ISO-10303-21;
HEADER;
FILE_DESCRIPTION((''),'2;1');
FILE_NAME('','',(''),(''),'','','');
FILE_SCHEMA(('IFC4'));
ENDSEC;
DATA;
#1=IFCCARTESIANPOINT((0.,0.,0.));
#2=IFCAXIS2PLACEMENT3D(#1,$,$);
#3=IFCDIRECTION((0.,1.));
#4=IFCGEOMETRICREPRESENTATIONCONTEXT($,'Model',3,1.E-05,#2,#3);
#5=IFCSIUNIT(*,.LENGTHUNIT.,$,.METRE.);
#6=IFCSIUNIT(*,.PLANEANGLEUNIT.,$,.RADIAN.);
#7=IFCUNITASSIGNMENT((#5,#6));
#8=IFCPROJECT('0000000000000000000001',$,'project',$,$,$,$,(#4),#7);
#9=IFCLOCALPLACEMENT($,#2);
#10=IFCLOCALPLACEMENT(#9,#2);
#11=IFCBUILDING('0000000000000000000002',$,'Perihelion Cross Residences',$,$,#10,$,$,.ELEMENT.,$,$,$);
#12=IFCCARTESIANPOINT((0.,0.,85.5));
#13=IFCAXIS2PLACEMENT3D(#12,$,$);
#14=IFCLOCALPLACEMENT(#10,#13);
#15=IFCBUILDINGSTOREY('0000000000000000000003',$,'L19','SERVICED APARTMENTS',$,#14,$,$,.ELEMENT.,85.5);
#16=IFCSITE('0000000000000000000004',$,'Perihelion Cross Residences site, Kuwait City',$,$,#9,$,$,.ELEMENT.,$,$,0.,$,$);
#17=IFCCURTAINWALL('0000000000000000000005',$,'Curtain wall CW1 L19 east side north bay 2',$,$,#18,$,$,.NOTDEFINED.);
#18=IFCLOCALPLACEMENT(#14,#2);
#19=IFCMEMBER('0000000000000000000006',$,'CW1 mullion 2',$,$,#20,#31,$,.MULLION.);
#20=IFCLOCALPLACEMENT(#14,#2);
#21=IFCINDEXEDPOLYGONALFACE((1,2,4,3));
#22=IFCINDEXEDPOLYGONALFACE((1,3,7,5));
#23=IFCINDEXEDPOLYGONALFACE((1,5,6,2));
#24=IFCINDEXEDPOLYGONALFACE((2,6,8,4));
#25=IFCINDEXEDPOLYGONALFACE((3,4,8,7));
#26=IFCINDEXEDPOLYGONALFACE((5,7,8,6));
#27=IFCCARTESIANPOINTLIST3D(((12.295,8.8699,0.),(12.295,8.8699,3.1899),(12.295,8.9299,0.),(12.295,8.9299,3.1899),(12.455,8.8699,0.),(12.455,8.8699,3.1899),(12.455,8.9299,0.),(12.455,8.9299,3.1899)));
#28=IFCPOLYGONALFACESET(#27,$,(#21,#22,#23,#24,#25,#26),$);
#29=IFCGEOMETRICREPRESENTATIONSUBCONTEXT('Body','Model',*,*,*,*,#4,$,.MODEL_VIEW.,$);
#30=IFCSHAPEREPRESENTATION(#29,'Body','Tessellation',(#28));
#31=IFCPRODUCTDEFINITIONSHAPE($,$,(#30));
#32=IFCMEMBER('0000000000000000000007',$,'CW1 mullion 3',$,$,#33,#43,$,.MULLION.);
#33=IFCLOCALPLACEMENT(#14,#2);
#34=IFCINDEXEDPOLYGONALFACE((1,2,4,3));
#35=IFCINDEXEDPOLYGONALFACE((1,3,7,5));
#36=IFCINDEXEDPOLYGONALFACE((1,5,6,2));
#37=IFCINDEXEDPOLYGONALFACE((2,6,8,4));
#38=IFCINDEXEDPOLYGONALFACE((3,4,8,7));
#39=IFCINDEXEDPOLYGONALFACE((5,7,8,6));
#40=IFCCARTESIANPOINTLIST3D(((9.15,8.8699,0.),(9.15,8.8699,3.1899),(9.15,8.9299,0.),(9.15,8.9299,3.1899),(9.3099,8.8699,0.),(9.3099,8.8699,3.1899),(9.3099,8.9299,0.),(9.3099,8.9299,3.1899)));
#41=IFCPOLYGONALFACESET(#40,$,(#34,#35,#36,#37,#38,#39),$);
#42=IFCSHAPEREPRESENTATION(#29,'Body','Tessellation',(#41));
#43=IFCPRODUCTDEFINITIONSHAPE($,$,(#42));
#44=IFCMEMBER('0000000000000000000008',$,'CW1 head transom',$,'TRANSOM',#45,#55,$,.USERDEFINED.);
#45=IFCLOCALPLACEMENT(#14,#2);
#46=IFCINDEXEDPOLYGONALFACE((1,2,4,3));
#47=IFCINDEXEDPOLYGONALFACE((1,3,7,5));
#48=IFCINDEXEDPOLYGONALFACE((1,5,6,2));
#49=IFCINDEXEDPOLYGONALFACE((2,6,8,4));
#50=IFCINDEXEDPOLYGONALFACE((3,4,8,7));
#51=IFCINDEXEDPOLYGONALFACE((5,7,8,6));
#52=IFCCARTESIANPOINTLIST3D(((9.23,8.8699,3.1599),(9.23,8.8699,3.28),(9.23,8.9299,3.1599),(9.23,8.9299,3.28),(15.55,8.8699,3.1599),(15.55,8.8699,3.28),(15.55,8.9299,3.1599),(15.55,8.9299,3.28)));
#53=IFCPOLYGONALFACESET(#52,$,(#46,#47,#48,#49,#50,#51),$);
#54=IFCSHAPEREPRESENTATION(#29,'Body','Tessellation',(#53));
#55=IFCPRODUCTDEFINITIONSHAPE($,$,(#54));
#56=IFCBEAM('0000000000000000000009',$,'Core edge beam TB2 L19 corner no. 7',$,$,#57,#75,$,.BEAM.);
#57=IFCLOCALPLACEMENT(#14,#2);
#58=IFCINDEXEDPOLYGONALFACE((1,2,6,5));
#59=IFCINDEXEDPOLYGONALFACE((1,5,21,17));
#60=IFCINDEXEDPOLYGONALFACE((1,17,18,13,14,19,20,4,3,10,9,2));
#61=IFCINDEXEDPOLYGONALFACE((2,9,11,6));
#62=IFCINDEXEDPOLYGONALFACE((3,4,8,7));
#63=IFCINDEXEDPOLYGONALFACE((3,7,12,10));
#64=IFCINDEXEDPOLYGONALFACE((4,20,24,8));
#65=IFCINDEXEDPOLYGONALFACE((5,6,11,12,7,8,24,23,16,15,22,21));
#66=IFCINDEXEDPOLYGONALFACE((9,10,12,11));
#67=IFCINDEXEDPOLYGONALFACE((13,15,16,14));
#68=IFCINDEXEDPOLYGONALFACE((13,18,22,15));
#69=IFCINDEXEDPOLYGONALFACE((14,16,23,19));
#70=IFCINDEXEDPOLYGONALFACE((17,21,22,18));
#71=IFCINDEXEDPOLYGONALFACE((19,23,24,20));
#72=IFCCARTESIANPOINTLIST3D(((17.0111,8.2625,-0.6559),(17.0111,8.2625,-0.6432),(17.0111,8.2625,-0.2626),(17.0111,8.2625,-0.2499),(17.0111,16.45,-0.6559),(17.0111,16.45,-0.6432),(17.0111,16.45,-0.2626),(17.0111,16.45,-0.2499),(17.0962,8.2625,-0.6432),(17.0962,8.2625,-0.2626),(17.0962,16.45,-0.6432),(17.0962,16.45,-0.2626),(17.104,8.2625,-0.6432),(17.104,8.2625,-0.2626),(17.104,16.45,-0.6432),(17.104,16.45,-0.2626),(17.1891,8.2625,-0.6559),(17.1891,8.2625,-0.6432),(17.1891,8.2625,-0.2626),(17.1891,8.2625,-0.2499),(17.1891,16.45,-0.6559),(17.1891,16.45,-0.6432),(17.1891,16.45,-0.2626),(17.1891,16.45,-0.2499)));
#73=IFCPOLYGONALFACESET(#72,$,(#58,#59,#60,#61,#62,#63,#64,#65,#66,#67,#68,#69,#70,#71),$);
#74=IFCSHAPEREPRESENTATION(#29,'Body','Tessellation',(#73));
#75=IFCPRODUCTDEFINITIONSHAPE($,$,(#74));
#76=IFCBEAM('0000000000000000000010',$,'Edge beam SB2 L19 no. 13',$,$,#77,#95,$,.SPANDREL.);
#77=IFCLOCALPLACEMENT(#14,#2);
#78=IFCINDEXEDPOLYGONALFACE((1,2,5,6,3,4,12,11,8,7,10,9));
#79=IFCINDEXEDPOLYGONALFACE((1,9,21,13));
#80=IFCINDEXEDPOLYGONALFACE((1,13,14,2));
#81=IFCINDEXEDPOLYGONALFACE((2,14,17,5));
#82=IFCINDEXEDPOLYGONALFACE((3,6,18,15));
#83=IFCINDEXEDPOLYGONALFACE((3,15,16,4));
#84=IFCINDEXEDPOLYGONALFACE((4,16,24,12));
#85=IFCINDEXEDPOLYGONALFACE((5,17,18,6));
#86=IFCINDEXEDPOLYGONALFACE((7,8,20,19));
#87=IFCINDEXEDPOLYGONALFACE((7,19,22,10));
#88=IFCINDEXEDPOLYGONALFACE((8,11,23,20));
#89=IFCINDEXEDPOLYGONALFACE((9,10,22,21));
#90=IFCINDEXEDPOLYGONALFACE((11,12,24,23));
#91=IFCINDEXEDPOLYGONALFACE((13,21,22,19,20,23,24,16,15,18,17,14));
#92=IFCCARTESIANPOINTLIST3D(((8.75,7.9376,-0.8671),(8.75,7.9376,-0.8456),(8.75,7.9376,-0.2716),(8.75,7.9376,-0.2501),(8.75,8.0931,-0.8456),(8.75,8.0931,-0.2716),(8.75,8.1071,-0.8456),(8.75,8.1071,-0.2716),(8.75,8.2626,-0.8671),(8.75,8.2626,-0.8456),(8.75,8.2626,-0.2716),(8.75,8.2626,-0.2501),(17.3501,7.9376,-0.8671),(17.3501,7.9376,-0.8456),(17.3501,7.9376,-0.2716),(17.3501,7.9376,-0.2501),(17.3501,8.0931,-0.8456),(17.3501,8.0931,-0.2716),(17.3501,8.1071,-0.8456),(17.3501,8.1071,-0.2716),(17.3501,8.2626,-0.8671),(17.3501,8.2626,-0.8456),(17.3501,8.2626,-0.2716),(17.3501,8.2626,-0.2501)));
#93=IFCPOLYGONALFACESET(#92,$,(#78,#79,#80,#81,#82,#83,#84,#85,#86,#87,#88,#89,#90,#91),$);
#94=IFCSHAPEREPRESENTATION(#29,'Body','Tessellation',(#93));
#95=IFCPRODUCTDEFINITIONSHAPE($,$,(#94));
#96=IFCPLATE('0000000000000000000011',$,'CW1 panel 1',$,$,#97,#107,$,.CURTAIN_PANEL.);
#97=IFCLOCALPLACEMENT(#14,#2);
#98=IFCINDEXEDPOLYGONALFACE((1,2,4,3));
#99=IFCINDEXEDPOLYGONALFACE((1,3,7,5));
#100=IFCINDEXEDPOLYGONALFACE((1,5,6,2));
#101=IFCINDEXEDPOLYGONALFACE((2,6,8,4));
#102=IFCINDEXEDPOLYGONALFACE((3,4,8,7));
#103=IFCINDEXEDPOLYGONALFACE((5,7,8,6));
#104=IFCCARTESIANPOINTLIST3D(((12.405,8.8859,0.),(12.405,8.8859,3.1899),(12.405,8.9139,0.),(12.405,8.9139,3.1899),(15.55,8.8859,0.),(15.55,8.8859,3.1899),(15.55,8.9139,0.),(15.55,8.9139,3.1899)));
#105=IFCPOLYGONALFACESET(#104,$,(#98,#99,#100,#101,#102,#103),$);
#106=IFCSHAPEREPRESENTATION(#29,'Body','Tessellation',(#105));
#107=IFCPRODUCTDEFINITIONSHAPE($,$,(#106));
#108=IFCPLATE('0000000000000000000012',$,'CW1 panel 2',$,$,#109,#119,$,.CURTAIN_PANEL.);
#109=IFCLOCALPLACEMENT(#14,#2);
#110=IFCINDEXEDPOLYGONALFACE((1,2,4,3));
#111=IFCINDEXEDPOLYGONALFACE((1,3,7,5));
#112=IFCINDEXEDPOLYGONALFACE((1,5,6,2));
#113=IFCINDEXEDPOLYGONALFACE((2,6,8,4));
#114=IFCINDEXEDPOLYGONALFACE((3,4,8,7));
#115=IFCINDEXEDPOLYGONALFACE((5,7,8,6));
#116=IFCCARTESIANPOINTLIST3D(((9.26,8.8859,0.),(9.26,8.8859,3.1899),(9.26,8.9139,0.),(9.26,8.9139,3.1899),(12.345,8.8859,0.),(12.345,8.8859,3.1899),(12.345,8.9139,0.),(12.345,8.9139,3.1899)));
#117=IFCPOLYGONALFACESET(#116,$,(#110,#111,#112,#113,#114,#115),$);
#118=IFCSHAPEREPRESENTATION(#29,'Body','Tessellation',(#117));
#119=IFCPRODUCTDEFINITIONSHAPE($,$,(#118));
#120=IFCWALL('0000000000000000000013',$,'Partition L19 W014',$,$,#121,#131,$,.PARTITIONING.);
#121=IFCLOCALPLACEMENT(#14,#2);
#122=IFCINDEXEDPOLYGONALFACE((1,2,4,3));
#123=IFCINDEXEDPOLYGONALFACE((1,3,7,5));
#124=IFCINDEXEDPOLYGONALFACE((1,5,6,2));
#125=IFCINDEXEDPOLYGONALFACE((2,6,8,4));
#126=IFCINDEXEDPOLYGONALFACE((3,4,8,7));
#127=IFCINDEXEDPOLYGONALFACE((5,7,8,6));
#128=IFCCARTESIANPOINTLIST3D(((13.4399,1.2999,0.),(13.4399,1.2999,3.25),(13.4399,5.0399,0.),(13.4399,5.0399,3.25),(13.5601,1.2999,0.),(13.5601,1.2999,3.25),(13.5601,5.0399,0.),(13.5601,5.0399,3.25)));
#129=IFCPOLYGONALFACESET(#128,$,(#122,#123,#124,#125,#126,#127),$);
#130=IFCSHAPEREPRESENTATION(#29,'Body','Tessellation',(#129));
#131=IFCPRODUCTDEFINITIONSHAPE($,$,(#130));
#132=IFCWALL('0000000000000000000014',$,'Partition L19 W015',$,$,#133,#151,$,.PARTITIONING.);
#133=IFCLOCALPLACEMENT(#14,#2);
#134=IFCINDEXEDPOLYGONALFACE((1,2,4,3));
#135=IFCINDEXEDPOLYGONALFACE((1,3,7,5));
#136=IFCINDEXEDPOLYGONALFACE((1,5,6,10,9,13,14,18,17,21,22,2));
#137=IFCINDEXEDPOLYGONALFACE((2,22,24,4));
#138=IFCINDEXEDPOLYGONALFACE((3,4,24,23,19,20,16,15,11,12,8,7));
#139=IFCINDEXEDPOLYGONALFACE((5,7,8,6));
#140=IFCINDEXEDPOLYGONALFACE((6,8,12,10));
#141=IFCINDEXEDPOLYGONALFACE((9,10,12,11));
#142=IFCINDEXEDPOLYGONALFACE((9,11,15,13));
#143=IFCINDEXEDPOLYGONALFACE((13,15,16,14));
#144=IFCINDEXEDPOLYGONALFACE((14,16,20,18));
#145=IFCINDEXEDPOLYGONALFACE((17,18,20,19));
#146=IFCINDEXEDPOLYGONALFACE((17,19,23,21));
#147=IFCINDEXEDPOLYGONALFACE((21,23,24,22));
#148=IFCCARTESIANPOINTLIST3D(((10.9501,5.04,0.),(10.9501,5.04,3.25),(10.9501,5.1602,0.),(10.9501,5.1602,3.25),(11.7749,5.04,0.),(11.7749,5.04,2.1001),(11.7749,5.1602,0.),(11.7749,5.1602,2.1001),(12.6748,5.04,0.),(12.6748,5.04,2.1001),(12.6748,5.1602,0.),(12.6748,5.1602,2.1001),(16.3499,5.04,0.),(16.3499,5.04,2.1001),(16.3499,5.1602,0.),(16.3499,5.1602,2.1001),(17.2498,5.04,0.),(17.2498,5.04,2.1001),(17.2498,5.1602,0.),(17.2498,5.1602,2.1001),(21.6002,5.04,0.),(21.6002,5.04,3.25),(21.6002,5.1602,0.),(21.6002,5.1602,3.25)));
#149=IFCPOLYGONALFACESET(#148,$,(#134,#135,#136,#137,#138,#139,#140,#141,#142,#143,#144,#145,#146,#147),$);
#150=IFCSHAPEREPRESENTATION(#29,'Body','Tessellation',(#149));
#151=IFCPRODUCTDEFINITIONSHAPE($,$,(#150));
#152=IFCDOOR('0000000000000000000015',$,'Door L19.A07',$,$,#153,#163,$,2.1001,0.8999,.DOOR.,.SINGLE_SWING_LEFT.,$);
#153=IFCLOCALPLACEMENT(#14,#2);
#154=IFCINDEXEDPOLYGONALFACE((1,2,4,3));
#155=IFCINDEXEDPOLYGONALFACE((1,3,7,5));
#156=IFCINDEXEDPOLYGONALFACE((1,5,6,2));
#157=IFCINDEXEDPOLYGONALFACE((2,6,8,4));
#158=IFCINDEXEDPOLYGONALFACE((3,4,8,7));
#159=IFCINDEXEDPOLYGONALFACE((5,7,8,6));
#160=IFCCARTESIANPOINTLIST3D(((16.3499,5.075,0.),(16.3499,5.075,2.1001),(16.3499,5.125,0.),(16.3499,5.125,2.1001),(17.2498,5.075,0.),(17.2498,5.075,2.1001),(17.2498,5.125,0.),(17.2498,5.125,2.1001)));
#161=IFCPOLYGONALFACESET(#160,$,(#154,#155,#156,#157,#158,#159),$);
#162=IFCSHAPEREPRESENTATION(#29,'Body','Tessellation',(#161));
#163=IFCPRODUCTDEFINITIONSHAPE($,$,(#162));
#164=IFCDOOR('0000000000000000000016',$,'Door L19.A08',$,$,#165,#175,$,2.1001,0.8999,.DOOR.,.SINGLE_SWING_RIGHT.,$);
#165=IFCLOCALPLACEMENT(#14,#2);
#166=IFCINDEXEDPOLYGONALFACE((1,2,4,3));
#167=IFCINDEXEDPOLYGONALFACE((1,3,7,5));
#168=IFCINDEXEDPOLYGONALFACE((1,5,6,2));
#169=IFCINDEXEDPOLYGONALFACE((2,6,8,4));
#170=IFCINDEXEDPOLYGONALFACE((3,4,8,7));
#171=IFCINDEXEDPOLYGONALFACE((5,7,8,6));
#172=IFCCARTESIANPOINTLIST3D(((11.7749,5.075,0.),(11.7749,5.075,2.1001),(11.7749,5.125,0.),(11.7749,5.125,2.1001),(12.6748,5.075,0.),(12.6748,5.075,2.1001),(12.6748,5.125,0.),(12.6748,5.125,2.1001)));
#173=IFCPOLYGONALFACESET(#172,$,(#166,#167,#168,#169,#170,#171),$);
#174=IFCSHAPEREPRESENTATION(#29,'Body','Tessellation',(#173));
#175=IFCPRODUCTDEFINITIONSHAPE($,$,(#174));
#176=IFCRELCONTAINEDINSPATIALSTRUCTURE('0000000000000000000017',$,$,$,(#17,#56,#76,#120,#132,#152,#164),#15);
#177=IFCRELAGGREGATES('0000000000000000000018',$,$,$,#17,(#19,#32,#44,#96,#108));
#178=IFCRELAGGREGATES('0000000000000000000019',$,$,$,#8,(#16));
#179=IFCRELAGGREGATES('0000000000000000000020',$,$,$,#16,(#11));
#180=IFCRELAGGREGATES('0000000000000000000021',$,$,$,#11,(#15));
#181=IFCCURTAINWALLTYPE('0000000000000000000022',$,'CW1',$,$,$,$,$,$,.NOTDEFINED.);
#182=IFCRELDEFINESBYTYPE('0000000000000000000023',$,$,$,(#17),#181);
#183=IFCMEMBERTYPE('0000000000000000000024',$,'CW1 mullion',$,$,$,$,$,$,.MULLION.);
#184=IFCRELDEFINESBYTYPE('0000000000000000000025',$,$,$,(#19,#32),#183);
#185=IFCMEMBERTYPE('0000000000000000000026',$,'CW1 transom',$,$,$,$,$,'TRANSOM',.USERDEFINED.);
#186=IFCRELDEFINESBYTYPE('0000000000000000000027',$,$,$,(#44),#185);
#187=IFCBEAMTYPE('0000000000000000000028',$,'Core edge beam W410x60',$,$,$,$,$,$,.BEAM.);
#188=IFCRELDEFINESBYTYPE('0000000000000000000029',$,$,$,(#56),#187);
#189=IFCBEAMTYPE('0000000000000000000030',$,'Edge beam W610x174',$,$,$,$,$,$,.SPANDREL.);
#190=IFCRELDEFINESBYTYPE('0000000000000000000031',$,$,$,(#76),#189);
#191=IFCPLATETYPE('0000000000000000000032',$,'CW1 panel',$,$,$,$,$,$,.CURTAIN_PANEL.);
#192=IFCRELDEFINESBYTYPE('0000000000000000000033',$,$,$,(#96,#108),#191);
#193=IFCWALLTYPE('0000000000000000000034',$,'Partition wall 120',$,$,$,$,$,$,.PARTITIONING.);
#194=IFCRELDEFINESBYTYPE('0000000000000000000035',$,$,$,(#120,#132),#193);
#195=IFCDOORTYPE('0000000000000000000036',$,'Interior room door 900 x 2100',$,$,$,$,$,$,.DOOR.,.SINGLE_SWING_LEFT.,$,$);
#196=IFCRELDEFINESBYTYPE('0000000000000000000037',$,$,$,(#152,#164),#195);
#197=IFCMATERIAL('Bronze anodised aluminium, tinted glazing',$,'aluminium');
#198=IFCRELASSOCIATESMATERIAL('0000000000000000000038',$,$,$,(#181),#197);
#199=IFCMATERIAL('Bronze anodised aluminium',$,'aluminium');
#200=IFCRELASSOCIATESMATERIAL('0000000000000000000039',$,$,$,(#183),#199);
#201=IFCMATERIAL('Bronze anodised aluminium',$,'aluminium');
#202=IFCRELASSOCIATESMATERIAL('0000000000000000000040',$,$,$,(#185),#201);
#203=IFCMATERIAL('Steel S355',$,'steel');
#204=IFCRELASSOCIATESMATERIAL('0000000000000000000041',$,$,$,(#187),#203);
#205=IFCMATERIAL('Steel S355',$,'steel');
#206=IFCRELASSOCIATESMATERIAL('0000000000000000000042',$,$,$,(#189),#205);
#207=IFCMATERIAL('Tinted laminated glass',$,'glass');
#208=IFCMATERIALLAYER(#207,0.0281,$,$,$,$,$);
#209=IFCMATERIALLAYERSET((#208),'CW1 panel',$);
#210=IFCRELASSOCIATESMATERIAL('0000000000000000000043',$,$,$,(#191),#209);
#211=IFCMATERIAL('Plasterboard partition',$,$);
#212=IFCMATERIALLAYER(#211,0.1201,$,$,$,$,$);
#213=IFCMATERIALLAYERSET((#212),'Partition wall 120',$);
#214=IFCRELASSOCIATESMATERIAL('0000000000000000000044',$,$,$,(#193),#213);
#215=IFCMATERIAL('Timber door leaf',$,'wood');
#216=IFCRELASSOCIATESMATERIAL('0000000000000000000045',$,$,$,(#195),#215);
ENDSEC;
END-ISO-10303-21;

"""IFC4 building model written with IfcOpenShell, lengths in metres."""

from ifc_helpers import new_model, si_unit, direction, frame, frame_2d, origin, origin_2d, place, context, subcontext, project, spatial, rectangle, i_section, extrude, material, layer, layer_set, material_profile, profile_set, type_object, element, fill, aggregate, save


model = new_model("IFC4")

# Units and contexts
model_context = context("Model", 3, precision=1e-05, world=origin(), true_north=direction((0.0, 1.0)))
body_context = subcontext(model_context, "Body", "Model", "MODEL_VIEW")
ifc_project = project(units=[si_unit("LENGTHUNIT", "METRE"), si_unit("PLANEANGLEUNIT", "RADIAN")], contexts=[model_context])

# Site, building, storey
site_placement = place(None, origin())
site = spatial("IfcSite", under=ifc_project, at=site_placement, Name="Perihelion Cross Residences site, Kuwait City", CompositionType="ELEMENT", RefElevation=0.0)
building_placement = place(site_placement, origin())
building = spatial("IfcBuilding", under=site, at=building_placement, Name="Perihelion Cross Residences", CompositionType="ELEMENT")
storey_placement = place(building_placement, frame((0.0, 0.0, 85.5)))
storey = spatial("IfcBuildingStorey", under=building, at=storey_placement, Name="L19", Description="SERVICED APARTMENTS", CompositionType="ELEMENT", Elevation=85.5)

# Curtain wall, members
ifc_material_1 = material(Name="Bronze anodised aluminium, tinted glazing", Category="aluminium")
curtain_wall_type = type_object("IfcCurtainWallType", Name="CW1", PredefinedType="NOTDEFINED", material=ifc_material_1)
curtain_wall_placement = place(storey_placement, origin())
curtain_wall = element("IfcCurtainWall", 1, at=curtain_wall_placement, inside=storey, type_object=curtain_wall_type, Name="Curtain wall CW1 L19 east side north bay 2", PredefinedType="NOTDEFINED")
ifc_material_2 = material(Name="Bronze anodised aluminium", Category="aluminium")
ifc_material_profile_1 = material_profile(ifc_material_2, rectangle(XDim=0.0601, YDim=0.1599, at=origin_2d()), Name="CW1 mullion")
ifc_profile_set_1 = profile_set([ifc_material_profile_1], Name="Bronze anodised aluminium")
member_type_1 = type_object("IfcMemberType", Name="CW1 mullion", PredefinedType="MULLION", material=ifc_profile_set_1)
member_1_placement = place(storey_placement, frame((12.375, 8.8999, 0.0), z_axis=(0.0, 0.0, 1.0), x_axis=(0.0, -1.0, 0.0)))
member_1 = element("IfcMember", 2, at=member_1_placement, type_object=member_type_1, Name="CW1 mullion 2", PredefinedType="MULLION", context=body_context, shape_type="SweptSolid", body=[
    extrude(rectangle(XDim=0.0601, YDim=0.1599, at=origin_2d()), origin(), (0.0, 0.0, 1.0), 3.1899),
])
member_2_placement = place(storey_placement, frame((9.23, 8.8999, 0.0), z_axis=(0.0, 0.0, 1.0), x_axis=(0.0, -1.0, 0.0)))
member_2 = element("IfcMember", 3, at=member_2_placement, type_object=member_type_1, Name="CW1 mullion 3", PredefinedType="MULLION", context=body_context, shape_type="SweptSolid", body=[
    extrude(rectangle(XDim=0.0601, YDim=0.1599, at=origin_2d()), origin(), (0.0, 0.0, 1.0), 3.1899),
])
ifc_material_3 = material(Name="Bronze anodised aluminium", Category="aluminium")
ifc_material_profile_2 = material_profile(ifc_material_3, rectangle(XDim=0.0601, YDim=0.1201, at=origin_2d()), Name="CW1 transom")
ifc_profile_set_2 = profile_set([ifc_material_profile_2], Name="Bronze anodised aluminium")
member_type_2 = type_object("IfcMemberType", Name="CW1 transom", ElementType="TRANSOM", PredefinedType="USERDEFINED", material=ifc_profile_set_2)
member_3_placement = place(storey_placement, frame((15.55, 8.8999, 3.22), z_axis=(-1.0, 0.0, 0.0), x_axis=(0.0, -1.0, 0.0)))
member_3 = element("IfcMember", 4, at=member_3_placement, type_object=member_type_2, Name="CW1 head transom", ObjectType="TRANSOM", PredefinedType="USERDEFINED", context=body_context, shape_type="SweptSolid", body=[
    extrude(rectangle(XDim=0.0601, YDim=0.1201, at=origin_2d()), origin(), (0.0, 0.0, 1.0), 6.3201),
])

# Beams
ifc_material_4 = material(Name="Steel S355", Category="steel")
ifc_material_profile_3 = material_profile(ifc_material_4, i_section(OverallWidth=0.178, OverallDepth=0.406, WebThickness=0.0078, FlangeThickness=0.0127, at=origin_2d()), Name="W410x60")
ifc_profile_set_3 = profile_set([ifc_material_profile_3], Name="Steel S355")
beam_type_1 = type_object("IfcBeamType", Name="Core edge beam W410x60", PredefinedType="BEAM", material=ifc_profile_set_3)
beam_1_placement = place(storey_placement, frame((17.1001, 8.2625, -0.4529), z_axis=(0.0, 1.0, 0.0), x_axis=(-1.0, 0.0, 0.0)))
element("IfcBeam", 5, at=beam_1_placement, inside=storey, type_object=beam_type_1, Name="Core edge beam TB2 L19 corner no. 7", PredefinedType="BEAM", context=body_context, shape_type="SweptSolid", body=[
    extrude(i_section(OverallWidth=0.178, OverallDepth=0.406, WebThickness=0.0078, FlangeThickness=0.0127, at=origin_2d()), origin(), (0.0, 0.0, 1.0), 8.1875),
])
ifc_material_5 = material(Name="Steel S355", Category="steel")
ifc_material_profile_4 = material_profile(ifc_material_5, i_section(OverallWidth=0.325, OverallDepth=0.6169, WebThickness=0.0139, FlangeThickness=0.0215, at=origin_2d()), Name="W610x174")
ifc_profile_set_4 = profile_set([ifc_material_profile_4], Name="Steel S355")
beam_type_2 = type_object("IfcBeamType", Name="Edge beam W610x174", PredefinedType="SPANDREL", material=ifc_profile_set_4)
beam_2_placement = place(storey_placement, frame((17.3501, 8.1001, -0.5586), z_axis=(-1.0, 0.0, 0.0), x_axis=(0.0, -1.0, 0.0)))
element("IfcBeam", 6, at=beam_2_placement, inside=storey, type_object=beam_type_2, Name="Edge beam SB2 L19 no. 13", PredefinedType="SPANDREL", context=body_context, shape_type="SweptSolid", body=[
    extrude(i_section(OverallWidth=0.325, OverallDepth=0.6169, WebThickness=0.0139, FlangeThickness=0.0215, at=origin_2d()), origin(), (0.0, 0.0, 1.0), 8.6001),
])

# Plates
ifc_material_6 = material(Name="Tinted laminated glass", Category="glass")
ifc_layer_1 = layer(ifc_material_6, 0.0281)
ifc_layer_set_1 = layer_set([ifc_layer_1], Name="CW1 panel")
plate_type = type_object("IfcPlateType", Name="CW1 panel", PredefinedType="CURTAIN_PANEL", material=ifc_layer_set_1)
plate_1_placement = place(storey_placement, frame((13.9775, 8.8999, 0.0), z_axis=(0.0, 0.0, 1.0), x_axis=(-1.0, 0.0, 0.0)))
plate_1 = element("IfcPlate", 7, at=plate_1_placement, type_object=plate_type, Name="CW1 panel 1", PredefinedType="CURTAIN_PANEL", context=body_context, shape_type="SweptSolid", body=[
    extrude(rectangle(XDim=3.145, YDim=0.0281, at=origin_2d()), origin(), (0.0, 0.0, 1.0), 3.1899),
])
plate_2_placement = place(storey_placement, frame((10.8025, 8.8999, 0.0), z_axis=(0.0, 0.0, 1.0), x_axis=(-1.0, 0.0, 0.0)))
plate_2 = element("IfcPlate", 8, at=plate_2_placement, type_object=plate_type, Name="CW1 panel 2", PredefinedType="CURTAIN_PANEL", context=body_context, shape_type="SweptSolid", body=[
    extrude(rectangle(XDim=3.085, YDim=0.0281, at=origin_2d()), origin(), (0.0, 0.0, 1.0), 3.1899),
])
aggregate(curtain_wall, [member_1, member_2, member_3, plate_1, plate_2])

# Wall
ifc_material_7 = material(Name="Plasterboard partition")
ifc_layer_2 = layer(ifc_material_7, 0.1201)
ifc_layer_set_2 = layer_set([ifc_layer_2], Name="Partition wall 120")
wall_type_1 = type_object("IfcWallType", Name="Partition wall 120", PredefinedType="PARTITIONING", material=ifc_layer_set_2)
wall_1_placement = place(storey_placement, frame((13.5, 5.04, 0.0), z_axis=(0.0, 0.0, 1.0), x_axis=(0.0, -1.0, 0.0)))
element("IfcWall", 9, at=wall_1_placement, inside=storey, type_object=wall_type_1, Name="Partition L19 W014", PredefinedType="PARTITIONING", context=body_context, shape_type="SweptSolid", body=[
    extrude(rectangle(XDim=3.74, YDim=0.1201, at=frame_2d((1.8701, 0.0))), origin(), (0.0, 0.0, 1.0), 3.25),
])

# Wall, openings, doors
wall_2_placement = place(storey_placement, frame((10.95, 5.1001, 0.0), z_axis=(0.0, 0.0, 1.0), x_axis=(1.0, 0.0, 0.0)))
wall_2 = element("IfcWall", 10, at=wall_2_placement, inside=storey, type_object=wall_type_1, Name="Partition L19 W015", PredefinedType="PARTITIONING", context=body_context, shape_type="SweptSolid", body=[
    extrude(rectangle(XDim=10.6501, YDim=0.1201, at=frame_2d((5.3252, 0.0))), origin(), (0.0, 0.0, 1.0), 3.25),
])
opening_1_placement = place(wall_2_placement, frame((5.3999, 0.0, 0.0)))
opening_1 = element("IfcOpeningElement", 11, at=opening_1_placement, cuts=wall_2, PredefinedType="OPENING", context=body_context, shape_type="SweptSolid", body=[
    extrude(rectangle(XDim=0.8999, YDim=2.1001, at=frame_2d((0.45, 1.05))), frame((0.0, 0.0701, 0.0), z_axis=(0.0, -1.0, 0.0), x_axis=(1.0, 0.0, 0.0)), (0.0, 0.0, 1.0), 0.1401),
])
opening_2_placement = place(wall_2_placement, frame((0.825, 0.0, 0.0)))
opening_2 = element("IfcOpeningElement", 12, at=opening_2_placement, cuts=wall_2, PredefinedType="OPENING", context=body_context, shape_type="SweptSolid", body=[
    extrude(rectangle(XDim=0.8999, YDim=2.1001, at=frame_2d((0.45, 1.05))), frame((0.0, 0.0701, 0.0), z_axis=(0.0, -1.0, 0.0), x_axis=(1.0, 0.0, 0.0)), (0.0, 0.0, 1.0), 0.1401),
])
ifc_material_8 = material(Name="Timber door leaf", Category="wood")
door_type_1 = type_object("IfcDoorType", Name="Interior room door 900 x 2100", OperationType="SINGLE_SWING_LEFT", PredefinedType="DOOR", material=ifc_material_8)
door_1_placement = place(opening_1_placement, origin())
door_1 = element("IfcDoor", 13, at=door_1_placement, inside=storey, type_object=door_type_1, Name="Door L19.A07", OperationType="SINGLE_SWING_LEFT", OverallHeight=2.1001, OverallWidth=0.8999, PredefinedType="DOOR", context=body_context, shape_type="SweptSolid", body=[
    extrude(rectangle(XDim=0.8999, YDim=2.1001, at=frame_2d((0.45, 1.05))), frame((0.0, 0.0249, 0.0), z_axis=(0.0, -1.0, 0.0), x_axis=(1.0, 0.0, 0.0)), (0.0, 0.0, 1.0), 0.05),
])
fill(opening_1, door_1)
door_2_placement = place(opening_2_placement, origin())
door_2 = element("IfcDoor", 14, at=door_2_placement, inside=storey, type_object=door_type_1, Name="Door L19.A08", OperationType="SINGLE_SWING_RIGHT", OverallHeight=2.1001, OverallWidth=0.8999, PredefinedType="DOOR", context=body_context, shape_type="SweptSolid", body=[
    extrude(rectangle(XDim=0.8999, YDim=2.1001, at=frame_2d((0.45, 1.05))), frame((0.0, 0.0249, 0.0), z_axis=(0.0, -1.0, 0.0), x_axis=(1.0, 0.0, 0.0)), (0.0, 0.0, 1.0), 0.05),
])
fill(opening_2, door_2)

save(model, "model.ifc")
